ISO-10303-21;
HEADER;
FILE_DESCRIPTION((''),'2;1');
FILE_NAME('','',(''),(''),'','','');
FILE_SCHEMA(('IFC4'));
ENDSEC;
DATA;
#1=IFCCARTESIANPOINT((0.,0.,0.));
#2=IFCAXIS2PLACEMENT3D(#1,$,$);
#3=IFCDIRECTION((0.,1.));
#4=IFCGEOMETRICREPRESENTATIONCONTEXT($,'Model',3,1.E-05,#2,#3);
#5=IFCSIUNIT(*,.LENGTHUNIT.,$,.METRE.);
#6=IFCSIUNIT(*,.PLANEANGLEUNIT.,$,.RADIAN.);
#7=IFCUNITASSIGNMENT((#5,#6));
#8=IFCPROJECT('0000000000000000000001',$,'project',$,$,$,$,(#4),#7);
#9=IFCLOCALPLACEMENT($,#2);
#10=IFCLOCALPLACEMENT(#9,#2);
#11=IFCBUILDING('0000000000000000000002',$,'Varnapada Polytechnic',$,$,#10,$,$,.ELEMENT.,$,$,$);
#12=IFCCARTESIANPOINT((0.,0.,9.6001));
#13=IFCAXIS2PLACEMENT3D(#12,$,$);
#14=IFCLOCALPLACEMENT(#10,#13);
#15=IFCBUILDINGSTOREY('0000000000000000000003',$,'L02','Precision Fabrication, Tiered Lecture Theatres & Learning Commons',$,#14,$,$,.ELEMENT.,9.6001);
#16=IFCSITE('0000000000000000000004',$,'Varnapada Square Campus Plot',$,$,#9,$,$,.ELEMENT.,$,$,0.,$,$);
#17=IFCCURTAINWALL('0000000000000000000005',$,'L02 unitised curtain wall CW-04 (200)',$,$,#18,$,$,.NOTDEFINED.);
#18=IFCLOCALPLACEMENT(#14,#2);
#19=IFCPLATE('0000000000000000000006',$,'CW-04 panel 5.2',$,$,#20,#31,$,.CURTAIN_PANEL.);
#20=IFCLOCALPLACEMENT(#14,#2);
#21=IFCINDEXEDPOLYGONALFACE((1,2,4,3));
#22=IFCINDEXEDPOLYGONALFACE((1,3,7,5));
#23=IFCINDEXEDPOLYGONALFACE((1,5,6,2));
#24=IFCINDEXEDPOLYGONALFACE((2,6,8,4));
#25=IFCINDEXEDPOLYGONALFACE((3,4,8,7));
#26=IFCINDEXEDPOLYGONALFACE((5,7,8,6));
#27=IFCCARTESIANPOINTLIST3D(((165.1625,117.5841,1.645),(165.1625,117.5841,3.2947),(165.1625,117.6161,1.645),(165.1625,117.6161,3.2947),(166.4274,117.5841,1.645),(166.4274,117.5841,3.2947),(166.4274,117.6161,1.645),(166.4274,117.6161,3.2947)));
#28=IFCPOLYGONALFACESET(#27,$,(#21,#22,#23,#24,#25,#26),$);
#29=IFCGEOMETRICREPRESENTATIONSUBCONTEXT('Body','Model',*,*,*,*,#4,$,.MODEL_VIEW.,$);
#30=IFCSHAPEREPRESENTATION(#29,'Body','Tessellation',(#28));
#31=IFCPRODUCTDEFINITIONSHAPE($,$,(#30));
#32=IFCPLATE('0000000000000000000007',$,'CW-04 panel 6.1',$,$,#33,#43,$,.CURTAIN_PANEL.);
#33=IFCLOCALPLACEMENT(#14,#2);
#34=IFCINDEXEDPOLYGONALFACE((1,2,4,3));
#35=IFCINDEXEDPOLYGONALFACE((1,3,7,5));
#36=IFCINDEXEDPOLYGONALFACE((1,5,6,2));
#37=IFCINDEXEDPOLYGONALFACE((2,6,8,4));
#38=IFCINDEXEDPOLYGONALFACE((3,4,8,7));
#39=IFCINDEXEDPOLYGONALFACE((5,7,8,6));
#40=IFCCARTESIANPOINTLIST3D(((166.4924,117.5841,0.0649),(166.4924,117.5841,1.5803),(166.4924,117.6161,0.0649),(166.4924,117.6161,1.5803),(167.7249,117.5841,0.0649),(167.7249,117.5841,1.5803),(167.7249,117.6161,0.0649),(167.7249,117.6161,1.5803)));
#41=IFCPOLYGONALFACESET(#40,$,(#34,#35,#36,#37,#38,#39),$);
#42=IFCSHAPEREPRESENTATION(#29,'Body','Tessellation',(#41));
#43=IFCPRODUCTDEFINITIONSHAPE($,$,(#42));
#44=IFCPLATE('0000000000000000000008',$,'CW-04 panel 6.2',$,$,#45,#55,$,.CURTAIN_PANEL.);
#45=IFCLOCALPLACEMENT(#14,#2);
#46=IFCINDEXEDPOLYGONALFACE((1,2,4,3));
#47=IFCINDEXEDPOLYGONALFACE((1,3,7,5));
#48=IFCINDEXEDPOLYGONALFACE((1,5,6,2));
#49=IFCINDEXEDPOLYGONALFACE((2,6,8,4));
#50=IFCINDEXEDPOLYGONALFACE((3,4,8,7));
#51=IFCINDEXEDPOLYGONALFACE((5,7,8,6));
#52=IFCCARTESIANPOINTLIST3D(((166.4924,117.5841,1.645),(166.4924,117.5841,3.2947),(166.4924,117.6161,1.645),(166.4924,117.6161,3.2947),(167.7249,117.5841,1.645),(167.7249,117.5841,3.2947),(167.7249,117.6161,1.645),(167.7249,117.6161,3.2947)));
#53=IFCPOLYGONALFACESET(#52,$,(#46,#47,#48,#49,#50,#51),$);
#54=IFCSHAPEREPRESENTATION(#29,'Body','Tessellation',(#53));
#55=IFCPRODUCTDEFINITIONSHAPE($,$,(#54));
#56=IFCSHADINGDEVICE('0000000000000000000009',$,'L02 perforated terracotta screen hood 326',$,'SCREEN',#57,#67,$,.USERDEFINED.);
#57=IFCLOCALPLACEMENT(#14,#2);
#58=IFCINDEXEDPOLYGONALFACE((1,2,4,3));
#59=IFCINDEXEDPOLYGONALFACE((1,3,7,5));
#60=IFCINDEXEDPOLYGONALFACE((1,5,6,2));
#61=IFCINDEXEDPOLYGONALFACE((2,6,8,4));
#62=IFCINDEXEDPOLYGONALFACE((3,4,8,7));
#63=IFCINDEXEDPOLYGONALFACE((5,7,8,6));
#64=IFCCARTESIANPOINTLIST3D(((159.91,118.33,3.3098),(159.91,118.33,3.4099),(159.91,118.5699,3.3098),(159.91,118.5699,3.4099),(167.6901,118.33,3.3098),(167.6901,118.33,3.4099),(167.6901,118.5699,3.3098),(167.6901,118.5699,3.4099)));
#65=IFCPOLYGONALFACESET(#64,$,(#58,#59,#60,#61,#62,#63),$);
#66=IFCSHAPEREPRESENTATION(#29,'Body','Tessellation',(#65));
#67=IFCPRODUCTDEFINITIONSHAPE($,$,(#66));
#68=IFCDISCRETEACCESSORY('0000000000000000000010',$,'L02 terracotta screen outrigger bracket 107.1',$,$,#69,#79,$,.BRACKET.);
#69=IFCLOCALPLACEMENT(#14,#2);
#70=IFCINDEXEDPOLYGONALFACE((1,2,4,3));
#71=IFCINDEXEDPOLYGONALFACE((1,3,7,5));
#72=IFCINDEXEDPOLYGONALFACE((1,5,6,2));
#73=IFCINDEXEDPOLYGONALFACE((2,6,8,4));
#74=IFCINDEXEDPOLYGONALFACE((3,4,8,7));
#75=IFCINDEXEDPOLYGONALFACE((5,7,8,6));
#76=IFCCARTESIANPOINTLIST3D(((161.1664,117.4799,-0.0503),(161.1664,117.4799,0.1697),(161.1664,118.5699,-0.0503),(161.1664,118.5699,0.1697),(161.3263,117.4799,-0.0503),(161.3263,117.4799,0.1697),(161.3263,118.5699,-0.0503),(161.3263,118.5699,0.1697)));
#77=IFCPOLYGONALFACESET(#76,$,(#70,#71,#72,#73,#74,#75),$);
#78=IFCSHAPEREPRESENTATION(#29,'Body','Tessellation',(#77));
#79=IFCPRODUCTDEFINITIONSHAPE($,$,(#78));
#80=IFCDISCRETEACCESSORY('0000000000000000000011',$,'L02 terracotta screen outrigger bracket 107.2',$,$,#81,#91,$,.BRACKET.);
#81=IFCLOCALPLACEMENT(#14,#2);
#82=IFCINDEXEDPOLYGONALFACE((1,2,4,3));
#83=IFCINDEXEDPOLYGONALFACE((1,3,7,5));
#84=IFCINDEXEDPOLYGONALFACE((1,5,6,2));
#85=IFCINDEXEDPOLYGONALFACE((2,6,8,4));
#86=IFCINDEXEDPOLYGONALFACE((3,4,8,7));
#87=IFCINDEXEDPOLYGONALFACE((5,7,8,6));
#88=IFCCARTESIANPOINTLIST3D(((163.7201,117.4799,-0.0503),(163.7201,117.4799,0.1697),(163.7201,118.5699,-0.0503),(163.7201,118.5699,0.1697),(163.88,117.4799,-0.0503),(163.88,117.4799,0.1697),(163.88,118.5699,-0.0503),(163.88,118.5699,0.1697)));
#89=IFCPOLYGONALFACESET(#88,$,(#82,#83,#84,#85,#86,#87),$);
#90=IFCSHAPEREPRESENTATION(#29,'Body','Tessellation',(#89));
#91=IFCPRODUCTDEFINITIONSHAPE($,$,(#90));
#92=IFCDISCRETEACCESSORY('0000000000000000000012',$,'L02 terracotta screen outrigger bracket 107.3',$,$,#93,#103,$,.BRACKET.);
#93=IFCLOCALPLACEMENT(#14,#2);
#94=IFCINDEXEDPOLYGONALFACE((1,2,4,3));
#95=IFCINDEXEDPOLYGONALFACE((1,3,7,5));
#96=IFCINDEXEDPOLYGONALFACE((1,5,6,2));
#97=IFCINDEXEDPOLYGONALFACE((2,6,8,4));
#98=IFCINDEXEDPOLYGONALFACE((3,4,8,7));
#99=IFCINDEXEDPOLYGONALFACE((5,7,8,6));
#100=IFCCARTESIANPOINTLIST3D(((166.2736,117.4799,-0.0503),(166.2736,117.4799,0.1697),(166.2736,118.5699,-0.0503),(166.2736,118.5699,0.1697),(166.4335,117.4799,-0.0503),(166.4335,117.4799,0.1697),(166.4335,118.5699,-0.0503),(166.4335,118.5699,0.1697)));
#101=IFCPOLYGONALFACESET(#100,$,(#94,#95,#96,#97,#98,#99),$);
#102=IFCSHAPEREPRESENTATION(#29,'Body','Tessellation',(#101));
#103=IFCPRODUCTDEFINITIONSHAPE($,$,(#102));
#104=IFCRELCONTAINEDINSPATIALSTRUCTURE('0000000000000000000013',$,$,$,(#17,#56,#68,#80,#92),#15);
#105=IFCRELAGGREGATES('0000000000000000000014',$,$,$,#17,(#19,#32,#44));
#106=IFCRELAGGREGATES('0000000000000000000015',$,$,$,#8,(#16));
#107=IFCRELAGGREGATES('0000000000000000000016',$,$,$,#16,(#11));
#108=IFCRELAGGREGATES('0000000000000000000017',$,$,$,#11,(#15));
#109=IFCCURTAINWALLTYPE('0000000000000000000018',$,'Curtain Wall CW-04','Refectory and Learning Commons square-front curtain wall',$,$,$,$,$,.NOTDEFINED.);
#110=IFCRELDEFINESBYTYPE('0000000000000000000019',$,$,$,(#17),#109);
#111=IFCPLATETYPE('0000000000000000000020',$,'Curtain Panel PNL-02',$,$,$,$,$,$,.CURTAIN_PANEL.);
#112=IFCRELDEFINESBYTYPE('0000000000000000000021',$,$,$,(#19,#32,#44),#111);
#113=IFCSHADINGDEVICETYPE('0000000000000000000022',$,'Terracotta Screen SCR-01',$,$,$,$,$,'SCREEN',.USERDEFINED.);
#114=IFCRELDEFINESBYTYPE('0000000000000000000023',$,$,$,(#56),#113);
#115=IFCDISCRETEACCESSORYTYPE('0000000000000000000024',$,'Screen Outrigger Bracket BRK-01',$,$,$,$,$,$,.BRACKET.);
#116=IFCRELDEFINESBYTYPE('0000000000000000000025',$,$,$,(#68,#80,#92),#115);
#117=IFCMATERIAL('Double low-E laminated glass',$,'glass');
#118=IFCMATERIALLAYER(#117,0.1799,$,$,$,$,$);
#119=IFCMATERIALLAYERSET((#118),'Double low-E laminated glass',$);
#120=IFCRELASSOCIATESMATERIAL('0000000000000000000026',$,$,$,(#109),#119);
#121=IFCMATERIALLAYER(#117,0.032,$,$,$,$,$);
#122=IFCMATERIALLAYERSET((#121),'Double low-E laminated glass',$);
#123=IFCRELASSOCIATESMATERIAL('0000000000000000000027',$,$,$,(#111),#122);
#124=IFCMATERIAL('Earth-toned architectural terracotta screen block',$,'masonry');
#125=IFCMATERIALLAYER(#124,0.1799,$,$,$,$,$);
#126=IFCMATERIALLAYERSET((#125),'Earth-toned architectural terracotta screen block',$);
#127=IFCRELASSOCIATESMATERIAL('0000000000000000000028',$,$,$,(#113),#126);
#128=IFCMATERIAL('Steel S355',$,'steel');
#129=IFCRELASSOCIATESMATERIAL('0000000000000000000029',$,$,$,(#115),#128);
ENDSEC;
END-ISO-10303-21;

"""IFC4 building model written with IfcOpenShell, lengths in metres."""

from ifc_helpers import new_model, si_unit, direction, frame, origin, origin_2d, place, context, subcontext, project, spatial, rectangle, extrude, material, layer, layer_set, type_object, element, aggregate, save


model = new_model("IFC4")

# Units and contexts
model_context = context("Model", 3, precision=1e-05, world=origin(), true_north=direction((0.0, 1.0)))
body_context = subcontext(model_context, "Body", "Model", "MODEL_VIEW")
ifc_project = project(units=[si_unit("LENGTHUNIT", "METRE"), si_unit("PLANEANGLEUNIT", "RADIAN")], contexts=[model_context])

# Site, building, storey
site_placement = place(None, origin())
site = spatial("IfcSite", under=ifc_project, at=site_placement, Name="Varnapada Square Campus Plot", CompositionType="ELEMENT", RefElevation=0.0)
building_placement = place(site_placement, origin())
building = spatial("IfcBuilding", under=site, at=building_placement, Name="Varnapada Polytechnic", CompositionType="ELEMENT")
storey_placement = place(building_placement, frame((0.0, 0.0, 9.6001)))
storey = spatial("IfcBuildingStorey", under=building, at=storey_placement, Name="L02", Description="Precision Fabrication, Tiered Lecture Theatres & Learning Commons", CompositionType="ELEMENT", Elevation=9.6001)

# Curtain wall, plates
ifc_material_1 = material(Name="Double low-E laminated glass", Category="glass")
ifc_layer_1 = layer(ifc_material_1, 0.1799)
ifc_layer_set_1 = layer_set([ifc_layer_1], Name="Double low-E laminated glass")
curtain_wall_type = type_object("IfcCurtainWallType", Name="Curtain Wall CW-04", Description="Refectory and Learning Commons square-front curtain wall", PredefinedType="NOTDEFINED", material=ifc_layer_set_1)
curtain_wall_placement = place(storey_placement, origin())
curtain_wall = element("IfcCurtainWall", 1, at=curtain_wall_placement, inside=storey, type_object=curtain_wall_type, Name="L02 unitised curtain wall CW-04 (200)", PredefinedType="NOTDEFINED")
ifc_layer_2 = layer(ifc_material_1, 0.032)
ifc_layer_set_2 = layer_set([ifc_layer_2], Name="Double low-E laminated glass")
plate_type = type_object("IfcPlateType", Name="Curtain Panel PNL-02", PredefinedType="CURTAIN_PANEL", material=ifc_layer_set_2)
plate_1_placement = place(storey_placement, frame((165.7949, 117.6001, 1.645), z_axis=(0.0, 0.0, 1.0), x_axis=(1.0, 0.0, 0.0)))
plate_1 = element("IfcPlate", 2, at=plate_1_placement, type_object=plate_type, Name="CW-04 panel 5.2", PredefinedType="CURTAIN_PANEL", context=body_context, shape_type="SweptSolid", body=[
    extrude(rectangle(XDim=1.2649, YDim=0.032, at=origin_2d()), origin(), (0.0, 0.0, 1.0), 1.6497),
])
plate_2_placement = place(storey_placement, frame((167.1086, 117.6001, 0.0649), z_axis=(0.0, 0.0, 1.0), x_axis=(1.0, 0.0, 0.0)))
plate_2 = element("IfcPlate", 3, at=plate_2_placement, type_object=plate_type, Name="CW-04 panel 6.1", PredefinedType="CURTAIN_PANEL", context=body_context, shape_type="SweptSolid", body=[
    extrude(rectangle(XDim=1.2324, YDim=0.032, at=origin_2d()), origin(), (0.0, 0.0, 1.0), 1.5154),
])
plate_3_placement = place(storey_placement, frame((167.1086, 117.6001, 1.645), z_axis=(0.0, 0.0, 1.0), x_axis=(1.0, 0.0, 0.0)))
plate_3 = element("IfcPlate", 4, at=plate_3_placement, type_object=plate_type, Name="CW-04 panel 6.2", PredefinedType="CURTAIN_PANEL", context=body_context, shape_type="SweptSolid", body=[
    extrude(rectangle(XDim=1.2324, YDim=0.032, at=origin_2d()), origin(), (0.0, 0.0, 1.0), 1.6497),
])
aggregate(curtain_wall, [plate_1, plate_2, plate_3])

# Shading device
ifc_material_2 = material(Name="Earth-toned architectural terracotta screen block", Category="masonry")
ifc_layer_3 = layer(ifc_material_2, 0.1799)
ifc_layer_set_3 = layer_set([ifc_layer_3], Name="Earth-toned architectural terracotta screen block")
shading_device_type = type_object("IfcShadingDeviceType", Name="Terracotta Screen SCR-01", ElementType="SCREEN", PredefinedType="USERDEFINED", material=ifc_layer_set_3)
shading_device_placement = place(storey_placement, frame((163.8, 118.45, 3.3098), z_axis=(0.0, 0.0, 1.0), x_axis=(1.0, 0.0, 0.0)))
element("IfcShadingDevice", 5, at=shading_device_placement, inside=storey, type_object=shading_device_type, Name="L02 perforated terracotta screen hood 326", ObjectType="SCREEN", PredefinedType="USERDEFINED", context=body_context, shape_type="SweptSolid", body=[
    extrude(rectangle(XDim=7.78, YDim=0.24, at=origin_2d()), origin(), (0.0, 0.0, 1.0), 0.1001),
])

# Discrete accessories
ifc_material_3 = material(Name="Steel S355", Category="steel")
discrete_accessory_type = type_object("IfcDiscreteAccessoryType", Name="Screen Outrigger Bracket BRK-01", PredefinedType="BRACKET", material=ifc_material_3)
for number, where, z_axis, x_axis, name in (
    (6, (161.2463, 118.0249, -0.0503), (0.0, 0.0, 1.0), (1.0, 0.0, 0.0), "L02 terracotta screen outrigger bracket 107.1"),
    (7, (163.8, 118.0249, -0.0503), (0.0, 0.0, 1.0), (1.0, 0.0, 0.0), "L02 terracotta screen outrigger bracket 107.2"),
    (8, (166.3535, 118.0249, -0.0503), (0.0, 0.0, 1.0), (1.0, 0.0, 0.0), "L02 terracotta screen outrigger bracket 107.3"),
):
    element("IfcDiscreteAccessory", number, at=place(storey_placement, frame(where, z_axis=z_axis, x_axis=x_axis)), inside=storey, type_object=discrete_accessory_type, Name=name, PredefinedType="BRACKET", context=body_context, shape_type="SweptSolid", body=[
        extrude(rectangle(XDim=0.1599, YDim=1.0901, at=origin_2d()), origin(), (0.0, 0.0, 1.0), 0.22),
    ])

save(model, "model.ifc")
